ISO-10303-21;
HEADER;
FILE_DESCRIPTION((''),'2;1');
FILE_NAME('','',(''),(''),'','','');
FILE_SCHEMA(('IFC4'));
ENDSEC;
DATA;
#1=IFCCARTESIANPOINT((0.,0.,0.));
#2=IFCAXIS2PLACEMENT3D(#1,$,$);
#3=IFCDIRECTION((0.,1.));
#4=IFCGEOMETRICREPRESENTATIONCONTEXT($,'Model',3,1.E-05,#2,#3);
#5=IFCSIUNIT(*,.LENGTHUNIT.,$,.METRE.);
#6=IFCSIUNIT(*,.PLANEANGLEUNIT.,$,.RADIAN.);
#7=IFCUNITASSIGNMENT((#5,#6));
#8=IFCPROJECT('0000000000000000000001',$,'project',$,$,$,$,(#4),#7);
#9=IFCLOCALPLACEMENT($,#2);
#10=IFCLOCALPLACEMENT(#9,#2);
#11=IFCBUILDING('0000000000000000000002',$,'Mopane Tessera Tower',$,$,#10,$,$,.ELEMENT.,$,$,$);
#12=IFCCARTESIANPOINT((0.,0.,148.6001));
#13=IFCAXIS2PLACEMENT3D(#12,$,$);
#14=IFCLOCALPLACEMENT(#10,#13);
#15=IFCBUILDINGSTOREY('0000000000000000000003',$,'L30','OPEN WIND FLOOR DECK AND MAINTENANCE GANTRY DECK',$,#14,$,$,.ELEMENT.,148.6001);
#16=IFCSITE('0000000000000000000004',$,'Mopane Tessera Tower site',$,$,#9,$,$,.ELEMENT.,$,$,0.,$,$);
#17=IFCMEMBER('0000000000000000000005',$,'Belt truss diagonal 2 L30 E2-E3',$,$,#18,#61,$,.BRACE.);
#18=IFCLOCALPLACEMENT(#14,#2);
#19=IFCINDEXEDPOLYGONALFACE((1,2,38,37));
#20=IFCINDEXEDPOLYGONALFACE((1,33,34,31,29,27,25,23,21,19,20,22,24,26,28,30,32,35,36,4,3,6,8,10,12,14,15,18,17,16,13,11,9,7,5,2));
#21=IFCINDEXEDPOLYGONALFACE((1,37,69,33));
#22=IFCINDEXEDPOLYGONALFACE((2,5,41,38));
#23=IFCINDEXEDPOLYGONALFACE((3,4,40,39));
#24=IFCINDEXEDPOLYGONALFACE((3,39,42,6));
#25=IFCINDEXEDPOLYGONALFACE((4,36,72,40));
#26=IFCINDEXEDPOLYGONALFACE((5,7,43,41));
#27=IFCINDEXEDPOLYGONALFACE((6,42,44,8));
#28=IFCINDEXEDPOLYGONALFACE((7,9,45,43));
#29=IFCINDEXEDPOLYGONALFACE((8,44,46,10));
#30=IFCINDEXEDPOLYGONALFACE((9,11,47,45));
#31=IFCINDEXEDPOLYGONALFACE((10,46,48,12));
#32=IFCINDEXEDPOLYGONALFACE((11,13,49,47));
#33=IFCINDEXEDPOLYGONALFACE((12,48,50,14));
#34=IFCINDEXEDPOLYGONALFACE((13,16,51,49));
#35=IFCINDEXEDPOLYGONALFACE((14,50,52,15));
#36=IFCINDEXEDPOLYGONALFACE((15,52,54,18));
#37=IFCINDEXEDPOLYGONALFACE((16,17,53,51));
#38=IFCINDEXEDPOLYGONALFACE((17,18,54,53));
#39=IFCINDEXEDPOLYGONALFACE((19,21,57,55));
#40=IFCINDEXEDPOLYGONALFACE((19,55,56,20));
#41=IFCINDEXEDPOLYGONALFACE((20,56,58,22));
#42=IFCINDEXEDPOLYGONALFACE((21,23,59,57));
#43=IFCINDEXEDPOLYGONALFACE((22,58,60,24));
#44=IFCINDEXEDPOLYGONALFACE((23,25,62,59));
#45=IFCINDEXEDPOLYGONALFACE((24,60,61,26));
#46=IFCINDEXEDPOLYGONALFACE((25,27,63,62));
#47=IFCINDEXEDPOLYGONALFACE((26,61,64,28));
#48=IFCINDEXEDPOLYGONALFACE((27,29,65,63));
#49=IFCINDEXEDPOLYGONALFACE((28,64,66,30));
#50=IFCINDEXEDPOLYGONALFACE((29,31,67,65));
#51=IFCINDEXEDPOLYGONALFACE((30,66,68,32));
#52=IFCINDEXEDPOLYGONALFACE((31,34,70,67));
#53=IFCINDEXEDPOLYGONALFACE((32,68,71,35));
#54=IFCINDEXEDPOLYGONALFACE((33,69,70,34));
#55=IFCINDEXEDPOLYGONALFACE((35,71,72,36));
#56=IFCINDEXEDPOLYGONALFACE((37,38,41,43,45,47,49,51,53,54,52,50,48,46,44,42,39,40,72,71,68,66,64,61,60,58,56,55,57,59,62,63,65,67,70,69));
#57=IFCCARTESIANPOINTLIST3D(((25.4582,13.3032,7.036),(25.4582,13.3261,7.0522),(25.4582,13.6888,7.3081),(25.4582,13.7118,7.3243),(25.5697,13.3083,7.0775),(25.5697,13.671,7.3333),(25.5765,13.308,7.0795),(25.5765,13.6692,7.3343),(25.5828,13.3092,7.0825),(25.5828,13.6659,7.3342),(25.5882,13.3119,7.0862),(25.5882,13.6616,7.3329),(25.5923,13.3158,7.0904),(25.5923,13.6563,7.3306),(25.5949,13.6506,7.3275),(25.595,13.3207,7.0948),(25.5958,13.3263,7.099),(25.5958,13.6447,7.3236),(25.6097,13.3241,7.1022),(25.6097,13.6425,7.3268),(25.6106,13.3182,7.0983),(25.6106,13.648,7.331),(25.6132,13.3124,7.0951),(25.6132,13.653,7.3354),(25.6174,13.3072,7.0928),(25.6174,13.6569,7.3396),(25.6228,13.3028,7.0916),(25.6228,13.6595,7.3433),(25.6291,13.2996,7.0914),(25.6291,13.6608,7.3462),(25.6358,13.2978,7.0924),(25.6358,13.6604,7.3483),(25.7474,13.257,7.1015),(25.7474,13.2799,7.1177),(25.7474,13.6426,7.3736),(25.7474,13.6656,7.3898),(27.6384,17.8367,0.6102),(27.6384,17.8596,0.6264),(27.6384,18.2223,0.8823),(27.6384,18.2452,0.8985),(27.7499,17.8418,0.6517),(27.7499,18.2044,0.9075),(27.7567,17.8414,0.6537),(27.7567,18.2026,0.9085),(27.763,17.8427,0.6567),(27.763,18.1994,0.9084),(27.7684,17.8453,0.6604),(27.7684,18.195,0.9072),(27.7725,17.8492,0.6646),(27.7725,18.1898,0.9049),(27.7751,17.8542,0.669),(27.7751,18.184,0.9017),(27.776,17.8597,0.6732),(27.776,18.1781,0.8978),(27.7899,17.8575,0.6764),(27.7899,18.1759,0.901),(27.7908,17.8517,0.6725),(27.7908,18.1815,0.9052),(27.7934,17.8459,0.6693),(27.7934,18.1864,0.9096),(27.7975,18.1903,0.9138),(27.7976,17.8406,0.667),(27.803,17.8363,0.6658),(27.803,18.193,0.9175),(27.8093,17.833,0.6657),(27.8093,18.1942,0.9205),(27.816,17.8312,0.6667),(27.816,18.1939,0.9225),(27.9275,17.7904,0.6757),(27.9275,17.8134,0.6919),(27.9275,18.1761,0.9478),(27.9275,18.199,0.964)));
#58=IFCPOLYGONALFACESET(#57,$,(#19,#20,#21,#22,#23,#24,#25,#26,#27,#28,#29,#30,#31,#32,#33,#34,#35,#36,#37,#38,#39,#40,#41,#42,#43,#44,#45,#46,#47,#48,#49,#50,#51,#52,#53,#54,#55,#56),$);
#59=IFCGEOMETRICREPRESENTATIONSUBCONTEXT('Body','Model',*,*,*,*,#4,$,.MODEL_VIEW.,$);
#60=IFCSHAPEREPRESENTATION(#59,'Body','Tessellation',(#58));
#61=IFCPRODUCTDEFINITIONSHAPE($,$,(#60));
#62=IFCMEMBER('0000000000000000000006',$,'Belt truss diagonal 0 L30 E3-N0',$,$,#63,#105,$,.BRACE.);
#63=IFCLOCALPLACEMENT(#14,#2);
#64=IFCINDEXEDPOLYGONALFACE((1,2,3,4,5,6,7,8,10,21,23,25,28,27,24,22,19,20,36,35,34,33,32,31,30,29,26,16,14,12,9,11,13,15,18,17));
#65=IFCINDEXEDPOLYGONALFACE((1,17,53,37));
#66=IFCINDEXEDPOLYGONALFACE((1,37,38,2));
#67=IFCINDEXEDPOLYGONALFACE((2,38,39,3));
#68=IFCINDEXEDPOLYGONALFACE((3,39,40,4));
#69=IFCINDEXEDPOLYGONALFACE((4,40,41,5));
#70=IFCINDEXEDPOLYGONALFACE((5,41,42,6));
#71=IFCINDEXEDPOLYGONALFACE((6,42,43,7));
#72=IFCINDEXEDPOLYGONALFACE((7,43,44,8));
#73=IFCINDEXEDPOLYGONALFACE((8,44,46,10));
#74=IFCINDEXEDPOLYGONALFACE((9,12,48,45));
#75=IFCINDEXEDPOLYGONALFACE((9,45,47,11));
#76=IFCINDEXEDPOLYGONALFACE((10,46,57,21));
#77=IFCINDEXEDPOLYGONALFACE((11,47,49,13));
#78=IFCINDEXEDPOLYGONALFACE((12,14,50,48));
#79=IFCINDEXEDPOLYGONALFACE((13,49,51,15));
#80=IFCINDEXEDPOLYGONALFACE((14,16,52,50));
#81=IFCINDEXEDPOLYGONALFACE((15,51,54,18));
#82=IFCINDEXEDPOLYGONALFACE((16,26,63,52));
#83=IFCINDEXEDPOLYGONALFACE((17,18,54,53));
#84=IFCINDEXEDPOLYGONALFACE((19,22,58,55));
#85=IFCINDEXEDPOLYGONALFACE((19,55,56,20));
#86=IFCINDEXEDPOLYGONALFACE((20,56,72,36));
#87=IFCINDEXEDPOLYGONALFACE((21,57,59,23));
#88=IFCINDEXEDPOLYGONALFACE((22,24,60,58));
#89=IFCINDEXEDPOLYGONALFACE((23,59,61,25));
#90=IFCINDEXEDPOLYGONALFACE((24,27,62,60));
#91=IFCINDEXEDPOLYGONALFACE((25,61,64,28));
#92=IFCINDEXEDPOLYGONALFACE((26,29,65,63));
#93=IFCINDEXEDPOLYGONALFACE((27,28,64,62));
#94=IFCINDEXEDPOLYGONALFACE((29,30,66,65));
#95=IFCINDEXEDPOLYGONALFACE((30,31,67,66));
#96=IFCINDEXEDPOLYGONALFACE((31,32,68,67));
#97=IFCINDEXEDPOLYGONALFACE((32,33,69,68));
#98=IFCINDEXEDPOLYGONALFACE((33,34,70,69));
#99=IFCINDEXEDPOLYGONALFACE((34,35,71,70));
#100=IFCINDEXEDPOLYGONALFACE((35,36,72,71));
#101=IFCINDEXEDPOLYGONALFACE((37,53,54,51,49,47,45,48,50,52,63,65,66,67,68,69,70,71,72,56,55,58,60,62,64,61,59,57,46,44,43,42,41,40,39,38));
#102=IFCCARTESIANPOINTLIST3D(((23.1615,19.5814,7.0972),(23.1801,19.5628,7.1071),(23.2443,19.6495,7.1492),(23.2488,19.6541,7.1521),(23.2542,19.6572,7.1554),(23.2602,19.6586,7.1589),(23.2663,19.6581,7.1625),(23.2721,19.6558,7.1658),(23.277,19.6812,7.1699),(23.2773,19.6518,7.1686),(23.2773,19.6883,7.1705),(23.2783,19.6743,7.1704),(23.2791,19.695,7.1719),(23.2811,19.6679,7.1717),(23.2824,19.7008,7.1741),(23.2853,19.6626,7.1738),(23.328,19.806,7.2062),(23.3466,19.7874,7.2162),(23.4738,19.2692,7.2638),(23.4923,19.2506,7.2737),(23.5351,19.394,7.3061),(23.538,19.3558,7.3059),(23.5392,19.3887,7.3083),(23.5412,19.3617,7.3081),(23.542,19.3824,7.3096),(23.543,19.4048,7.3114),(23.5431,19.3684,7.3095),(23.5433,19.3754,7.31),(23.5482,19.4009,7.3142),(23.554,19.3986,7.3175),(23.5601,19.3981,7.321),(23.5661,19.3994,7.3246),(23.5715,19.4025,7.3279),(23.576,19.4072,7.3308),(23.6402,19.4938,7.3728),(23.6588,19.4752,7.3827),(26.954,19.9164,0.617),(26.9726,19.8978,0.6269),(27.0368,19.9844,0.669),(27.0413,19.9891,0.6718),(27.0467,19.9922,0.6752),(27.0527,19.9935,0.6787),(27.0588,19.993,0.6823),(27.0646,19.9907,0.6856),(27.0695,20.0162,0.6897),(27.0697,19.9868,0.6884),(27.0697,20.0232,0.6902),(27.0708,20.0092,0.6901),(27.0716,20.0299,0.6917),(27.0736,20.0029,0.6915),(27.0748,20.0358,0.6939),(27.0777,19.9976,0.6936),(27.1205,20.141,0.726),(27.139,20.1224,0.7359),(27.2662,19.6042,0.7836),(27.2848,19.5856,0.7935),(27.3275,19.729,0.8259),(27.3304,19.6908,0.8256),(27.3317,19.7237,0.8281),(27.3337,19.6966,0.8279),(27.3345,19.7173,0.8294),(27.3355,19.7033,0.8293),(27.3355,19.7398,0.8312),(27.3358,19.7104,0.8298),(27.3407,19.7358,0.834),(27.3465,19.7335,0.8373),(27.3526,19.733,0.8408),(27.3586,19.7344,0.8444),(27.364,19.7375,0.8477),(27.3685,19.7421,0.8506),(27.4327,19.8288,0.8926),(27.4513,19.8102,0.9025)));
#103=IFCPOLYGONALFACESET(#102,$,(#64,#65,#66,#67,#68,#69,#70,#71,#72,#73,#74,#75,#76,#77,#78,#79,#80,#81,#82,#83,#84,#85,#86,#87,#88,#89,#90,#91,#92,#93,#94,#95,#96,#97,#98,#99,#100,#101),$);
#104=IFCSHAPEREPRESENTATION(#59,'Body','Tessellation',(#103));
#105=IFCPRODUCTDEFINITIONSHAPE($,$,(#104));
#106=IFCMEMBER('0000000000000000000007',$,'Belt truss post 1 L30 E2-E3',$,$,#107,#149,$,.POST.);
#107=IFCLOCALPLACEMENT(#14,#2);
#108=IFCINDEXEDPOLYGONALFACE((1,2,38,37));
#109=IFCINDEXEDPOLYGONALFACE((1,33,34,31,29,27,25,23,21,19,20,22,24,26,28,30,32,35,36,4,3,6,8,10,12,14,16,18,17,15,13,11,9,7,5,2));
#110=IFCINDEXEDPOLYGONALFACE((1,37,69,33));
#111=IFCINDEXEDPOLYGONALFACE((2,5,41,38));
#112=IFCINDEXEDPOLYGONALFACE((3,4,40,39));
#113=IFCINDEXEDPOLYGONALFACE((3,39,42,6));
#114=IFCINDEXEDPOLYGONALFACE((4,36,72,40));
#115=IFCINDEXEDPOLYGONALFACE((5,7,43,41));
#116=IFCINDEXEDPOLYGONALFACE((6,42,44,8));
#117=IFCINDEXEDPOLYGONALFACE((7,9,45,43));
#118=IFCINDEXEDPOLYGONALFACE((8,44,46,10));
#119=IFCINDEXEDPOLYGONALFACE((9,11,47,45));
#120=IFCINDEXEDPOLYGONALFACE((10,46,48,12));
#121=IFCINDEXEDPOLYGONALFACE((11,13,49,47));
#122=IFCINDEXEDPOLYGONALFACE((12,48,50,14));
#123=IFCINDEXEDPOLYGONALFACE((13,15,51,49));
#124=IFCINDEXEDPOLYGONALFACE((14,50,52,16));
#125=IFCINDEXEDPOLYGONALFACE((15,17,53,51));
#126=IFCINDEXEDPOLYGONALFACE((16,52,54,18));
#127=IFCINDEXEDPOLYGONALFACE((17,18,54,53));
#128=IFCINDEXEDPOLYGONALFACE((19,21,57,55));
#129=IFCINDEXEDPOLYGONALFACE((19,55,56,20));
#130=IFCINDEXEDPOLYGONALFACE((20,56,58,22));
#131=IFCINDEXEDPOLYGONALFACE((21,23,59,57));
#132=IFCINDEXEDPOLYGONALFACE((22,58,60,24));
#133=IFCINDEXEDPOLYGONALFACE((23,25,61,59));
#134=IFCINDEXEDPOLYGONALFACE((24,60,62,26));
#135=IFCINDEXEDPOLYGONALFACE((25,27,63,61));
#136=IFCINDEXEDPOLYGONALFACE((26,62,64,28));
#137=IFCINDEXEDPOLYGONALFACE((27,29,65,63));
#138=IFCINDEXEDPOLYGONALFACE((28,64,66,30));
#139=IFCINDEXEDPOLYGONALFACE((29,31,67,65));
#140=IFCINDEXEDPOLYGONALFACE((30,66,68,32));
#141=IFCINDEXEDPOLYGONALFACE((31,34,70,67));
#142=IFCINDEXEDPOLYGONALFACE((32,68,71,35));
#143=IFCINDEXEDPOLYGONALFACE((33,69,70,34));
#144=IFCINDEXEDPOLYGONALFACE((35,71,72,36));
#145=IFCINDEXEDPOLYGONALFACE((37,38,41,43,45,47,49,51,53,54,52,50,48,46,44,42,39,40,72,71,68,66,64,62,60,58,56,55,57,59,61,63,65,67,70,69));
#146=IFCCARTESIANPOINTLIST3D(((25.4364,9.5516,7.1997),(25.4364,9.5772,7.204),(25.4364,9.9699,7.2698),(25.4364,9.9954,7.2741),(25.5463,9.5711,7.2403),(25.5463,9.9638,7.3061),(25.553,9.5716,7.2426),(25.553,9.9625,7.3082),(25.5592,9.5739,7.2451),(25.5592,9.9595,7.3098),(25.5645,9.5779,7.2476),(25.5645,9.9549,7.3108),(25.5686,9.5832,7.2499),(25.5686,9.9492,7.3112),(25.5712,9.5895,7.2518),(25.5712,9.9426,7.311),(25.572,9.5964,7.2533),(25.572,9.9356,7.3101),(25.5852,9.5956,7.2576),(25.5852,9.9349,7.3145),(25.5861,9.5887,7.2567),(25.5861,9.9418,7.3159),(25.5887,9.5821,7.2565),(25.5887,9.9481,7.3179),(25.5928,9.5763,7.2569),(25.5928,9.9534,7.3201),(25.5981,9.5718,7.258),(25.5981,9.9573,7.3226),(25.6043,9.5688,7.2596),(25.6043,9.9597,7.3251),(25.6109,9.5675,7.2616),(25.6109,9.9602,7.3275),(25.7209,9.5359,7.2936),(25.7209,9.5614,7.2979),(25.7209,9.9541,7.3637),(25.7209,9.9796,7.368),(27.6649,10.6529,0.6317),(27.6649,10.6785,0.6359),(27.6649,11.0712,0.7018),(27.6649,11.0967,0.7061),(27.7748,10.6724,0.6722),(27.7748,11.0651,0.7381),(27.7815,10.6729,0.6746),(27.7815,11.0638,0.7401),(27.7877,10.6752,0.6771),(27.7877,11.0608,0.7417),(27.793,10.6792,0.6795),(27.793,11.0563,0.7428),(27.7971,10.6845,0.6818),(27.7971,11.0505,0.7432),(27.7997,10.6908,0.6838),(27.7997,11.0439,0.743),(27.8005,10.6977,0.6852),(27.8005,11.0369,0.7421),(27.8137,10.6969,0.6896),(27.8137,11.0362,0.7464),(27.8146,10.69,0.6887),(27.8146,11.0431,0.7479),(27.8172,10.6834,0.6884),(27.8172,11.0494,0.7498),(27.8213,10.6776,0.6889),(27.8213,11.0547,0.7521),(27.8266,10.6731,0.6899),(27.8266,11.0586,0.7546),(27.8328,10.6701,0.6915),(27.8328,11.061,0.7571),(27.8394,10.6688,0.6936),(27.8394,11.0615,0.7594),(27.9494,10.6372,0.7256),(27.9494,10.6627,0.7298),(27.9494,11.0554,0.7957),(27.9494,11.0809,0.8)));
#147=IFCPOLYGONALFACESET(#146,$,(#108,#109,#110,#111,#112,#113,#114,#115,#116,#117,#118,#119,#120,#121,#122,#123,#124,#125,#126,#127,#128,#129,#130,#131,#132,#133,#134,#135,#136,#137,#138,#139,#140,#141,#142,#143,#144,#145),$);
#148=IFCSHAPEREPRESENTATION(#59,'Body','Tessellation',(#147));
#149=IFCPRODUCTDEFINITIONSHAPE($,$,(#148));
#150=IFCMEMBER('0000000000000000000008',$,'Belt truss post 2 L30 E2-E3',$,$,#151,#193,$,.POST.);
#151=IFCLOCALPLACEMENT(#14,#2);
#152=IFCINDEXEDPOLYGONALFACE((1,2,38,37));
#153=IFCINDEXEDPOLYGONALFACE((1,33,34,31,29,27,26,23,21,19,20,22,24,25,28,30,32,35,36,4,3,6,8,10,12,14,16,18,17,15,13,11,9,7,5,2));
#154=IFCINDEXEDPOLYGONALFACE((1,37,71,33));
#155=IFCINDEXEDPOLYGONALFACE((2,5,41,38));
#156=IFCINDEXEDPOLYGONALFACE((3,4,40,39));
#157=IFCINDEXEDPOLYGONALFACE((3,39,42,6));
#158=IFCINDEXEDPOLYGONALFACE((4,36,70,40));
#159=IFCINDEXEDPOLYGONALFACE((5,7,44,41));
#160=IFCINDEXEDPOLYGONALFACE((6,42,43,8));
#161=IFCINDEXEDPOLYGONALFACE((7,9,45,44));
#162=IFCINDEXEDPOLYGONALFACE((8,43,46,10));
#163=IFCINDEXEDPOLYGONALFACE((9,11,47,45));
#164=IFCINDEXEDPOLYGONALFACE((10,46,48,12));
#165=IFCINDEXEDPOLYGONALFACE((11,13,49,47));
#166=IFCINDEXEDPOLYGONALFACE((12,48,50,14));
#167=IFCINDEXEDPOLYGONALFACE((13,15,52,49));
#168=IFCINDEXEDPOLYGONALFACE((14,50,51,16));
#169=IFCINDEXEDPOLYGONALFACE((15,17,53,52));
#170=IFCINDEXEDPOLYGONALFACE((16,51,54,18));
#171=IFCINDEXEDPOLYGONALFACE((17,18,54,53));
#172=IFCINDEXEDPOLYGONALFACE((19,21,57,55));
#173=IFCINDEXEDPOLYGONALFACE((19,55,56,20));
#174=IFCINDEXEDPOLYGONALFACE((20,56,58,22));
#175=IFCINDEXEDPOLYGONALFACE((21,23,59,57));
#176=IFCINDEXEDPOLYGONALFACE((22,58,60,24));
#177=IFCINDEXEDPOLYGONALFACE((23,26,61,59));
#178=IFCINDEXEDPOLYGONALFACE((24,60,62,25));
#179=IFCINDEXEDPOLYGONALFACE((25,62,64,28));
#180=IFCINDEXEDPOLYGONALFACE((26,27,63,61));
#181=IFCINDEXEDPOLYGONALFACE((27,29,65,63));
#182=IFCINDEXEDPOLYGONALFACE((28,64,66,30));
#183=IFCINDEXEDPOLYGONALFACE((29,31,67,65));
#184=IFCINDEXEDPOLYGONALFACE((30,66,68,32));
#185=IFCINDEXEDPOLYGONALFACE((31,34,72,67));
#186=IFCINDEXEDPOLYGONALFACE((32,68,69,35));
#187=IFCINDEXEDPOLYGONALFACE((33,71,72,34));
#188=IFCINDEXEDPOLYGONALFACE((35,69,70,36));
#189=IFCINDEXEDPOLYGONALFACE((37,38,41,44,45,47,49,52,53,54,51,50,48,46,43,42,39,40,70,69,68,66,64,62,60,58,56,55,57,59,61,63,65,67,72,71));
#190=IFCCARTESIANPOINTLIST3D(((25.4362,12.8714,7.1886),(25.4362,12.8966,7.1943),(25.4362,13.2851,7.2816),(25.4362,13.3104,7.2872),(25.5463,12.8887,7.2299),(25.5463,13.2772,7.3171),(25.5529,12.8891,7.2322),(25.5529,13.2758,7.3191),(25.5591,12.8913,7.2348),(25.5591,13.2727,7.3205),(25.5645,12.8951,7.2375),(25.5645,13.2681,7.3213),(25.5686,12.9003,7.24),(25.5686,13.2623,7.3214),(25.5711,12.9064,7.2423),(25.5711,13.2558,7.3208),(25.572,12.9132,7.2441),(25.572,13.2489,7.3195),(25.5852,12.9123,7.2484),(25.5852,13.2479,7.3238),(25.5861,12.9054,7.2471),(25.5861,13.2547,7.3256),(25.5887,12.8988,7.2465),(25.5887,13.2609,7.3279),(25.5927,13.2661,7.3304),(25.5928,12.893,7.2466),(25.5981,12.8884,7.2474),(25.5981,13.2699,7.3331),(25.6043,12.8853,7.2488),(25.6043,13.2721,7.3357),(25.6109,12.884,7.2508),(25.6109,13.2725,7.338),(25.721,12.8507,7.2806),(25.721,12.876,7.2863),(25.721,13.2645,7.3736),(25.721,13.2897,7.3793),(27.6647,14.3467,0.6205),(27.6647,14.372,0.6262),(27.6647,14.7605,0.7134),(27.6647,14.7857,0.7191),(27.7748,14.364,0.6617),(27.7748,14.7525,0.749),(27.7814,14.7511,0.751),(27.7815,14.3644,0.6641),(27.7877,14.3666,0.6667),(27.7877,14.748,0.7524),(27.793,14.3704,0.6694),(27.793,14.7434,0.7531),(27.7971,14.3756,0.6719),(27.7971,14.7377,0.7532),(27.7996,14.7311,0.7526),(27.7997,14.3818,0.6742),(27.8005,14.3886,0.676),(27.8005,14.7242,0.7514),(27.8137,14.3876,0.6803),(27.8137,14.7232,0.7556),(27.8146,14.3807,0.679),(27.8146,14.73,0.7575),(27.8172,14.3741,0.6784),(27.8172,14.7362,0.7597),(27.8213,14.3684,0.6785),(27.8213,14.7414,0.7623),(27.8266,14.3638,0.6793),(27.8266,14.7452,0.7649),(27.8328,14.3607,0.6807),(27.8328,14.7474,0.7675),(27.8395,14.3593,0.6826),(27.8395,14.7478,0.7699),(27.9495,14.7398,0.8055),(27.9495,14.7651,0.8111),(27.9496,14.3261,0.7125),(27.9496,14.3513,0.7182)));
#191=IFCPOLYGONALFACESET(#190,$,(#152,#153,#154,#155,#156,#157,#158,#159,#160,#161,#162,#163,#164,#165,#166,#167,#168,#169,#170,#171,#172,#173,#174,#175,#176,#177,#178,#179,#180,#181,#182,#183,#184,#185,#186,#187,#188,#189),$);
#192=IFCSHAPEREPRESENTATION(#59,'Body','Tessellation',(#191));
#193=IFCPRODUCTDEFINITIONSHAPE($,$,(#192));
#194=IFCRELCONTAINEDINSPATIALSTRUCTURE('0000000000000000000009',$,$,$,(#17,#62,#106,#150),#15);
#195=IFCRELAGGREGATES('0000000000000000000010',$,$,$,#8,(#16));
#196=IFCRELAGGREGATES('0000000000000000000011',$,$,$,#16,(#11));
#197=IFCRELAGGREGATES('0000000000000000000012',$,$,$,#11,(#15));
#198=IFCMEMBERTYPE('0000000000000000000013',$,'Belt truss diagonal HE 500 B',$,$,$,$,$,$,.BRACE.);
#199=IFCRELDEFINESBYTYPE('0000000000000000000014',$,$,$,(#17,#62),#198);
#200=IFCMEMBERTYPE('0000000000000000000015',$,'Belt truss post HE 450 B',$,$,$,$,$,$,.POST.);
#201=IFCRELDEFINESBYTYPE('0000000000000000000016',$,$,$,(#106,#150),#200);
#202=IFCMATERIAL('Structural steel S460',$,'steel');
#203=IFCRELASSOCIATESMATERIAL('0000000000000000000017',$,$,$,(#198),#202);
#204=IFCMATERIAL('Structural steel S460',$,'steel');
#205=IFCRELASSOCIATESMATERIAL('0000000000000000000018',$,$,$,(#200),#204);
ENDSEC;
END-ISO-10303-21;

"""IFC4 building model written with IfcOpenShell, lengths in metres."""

from ifc_helpers import new_model, si_unit, direction, frame, origin, origin_2d, place, context, subcontext, project, spatial, i_section, extrude, material, material_profile, profile_set, type_object, element, save


model = new_model("IFC4")

# Units and contexts
model_context = context("Model", 3, precision=1e-05, world=origin(), true_north=direction((0.0, 1.0)))
body_context = subcontext(model_context, "Body", "Model", "MODEL_VIEW")
ifc_project = project(units=[si_unit("LENGTHUNIT", "METRE"), si_unit("PLANEANGLEUNIT", "RADIAN")], contexts=[model_context])

# Site, building, storey
site_placement = place(None, origin())
site = spatial("IfcSite", under=ifc_project, at=site_placement, Name="Mopane Tessera Tower site", CompositionType="ELEMENT", RefElevation=0.0)
building_placement = place(site_placement, origin())
building = spatial("IfcBuilding", under=site, at=building_placement, Name="Mopane Tessera Tower", CompositionType="ELEMENT")
storey_placement = place(building_placement, frame((0.0, 0.0, 148.6001)))
storey = spatial("IfcBuildingStorey", under=building, at=storey_placement, Name="L30", Description="OPEN WIND FLOOR DECK AND MAINTENANCE GANTRY DECK", CompositionType="ELEMENT", Elevation=148.6001)

# Members
ifc_material_1 = material(Name="Structural steel S460", Category="steel")
ifc_material_profile_1 = material_profile(ifc_material_1, i_section(OverallWidth=0.3, OverallDepth=0.5, WebThickness=0.0144, FlangeThickness=0.0281, FilletRadius=0.0271, at=origin_2d()))
ifc_profile_set_1 = profile_set([ifc_material_profile_1], Name="Structural steel S460")
member_type_1 = type_object("IfcMemberType", Name="Belt truss diagonal HE 500 B", PredefinedType="BRACE", material=ifc_profile_set_1)
member_1_placement = place(storey_placement, frame((25.6028, 13.4844, 7.2129), z_axis=(0.267158, 0.555526, -0.787412), x_axis=(-0.963653, 0.153996, -0.218308)))
element("IfcMember", 1, at=member_1_placement, inside=storey, type_object=member_type_1, Name="Belt truss diagonal 2 L30 E2-E3", PredefinedType="BRACE", context=body_context, shape_type="SweptSolid", body=[
    extrude(i_section(OverallWidth=0.3, OverallDepth=0.5, WebThickness=0.0144, FlangeThickness=0.0281, FilletRadius=0.0271, at=origin_2d()), origin(), (0.0, 0.0, 1.0), 8.1606),
])
member_2_placement = place(storey_placement, frame((27.2026, 19.8633, 0.7598), z_axis=(-0.504596, -0.044567, 0.862205), x_axis=(-0.554693, -0.748541, -0.36332)))
element("IfcMember", 2, at=member_2_placement, inside=storey, type_object=member_type_1, Name="Belt truss diagonal 0 L30 E3-N0", PredefinedType="BRACE", context=body_context, shape_type="SweptSolid", body=[
    extrude(i_section(OverallWidth=0.3, OverallDepth=0.5, WebThickness=0.0144, FlangeThickness=0.0281, FilletRadius=0.0271, at=origin_2d()), origin(), (0.0, 0.0, 1.0), 7.5159),
])
ifc_material_2 = material(Name="Structural steel S460", Category="steel")
ifc_material_profile_2 = material_profile(ifc_material_2, i_section(OverallWidth=0.3, OverallDepth=0.45, WebThickness=0.0139, FlangeThickness=0.0259, FilletRadius=0.0271, at=origin_2d()))
ifc_profile_set_2 = profile_set([ifc_material_profile_2], Name="Structural steel S460")
member_type_2 = type_object("IfcMemberType", Name="Belt truss post HE 450 B", PredefinedType="POST", material=ifc_profile_set_2)
member_3_placement = place(storey_placement, frame((27.8071, 10.8669, 0.7158), z_axis=(-0.317327, -0.156821, 0.93526), x_axis=(-0.948316, 0.052488, -0.312956)))
element("IfcMember", 3, at=member_3_placement, inside=storey, type_object=member_type_2, Name="Belt truss post 1 L30 E2-E3", PredefinedType="POST", context=body_context, shape_type="SweptSolid", body=[
    extrude(i_section(OverallWidth=0.3, OverallDepth=0.45, WebThickness=0.0139, FlangeThickness=0.0259, FilletRadius=0.0271, at=origin_2d()), origin(), (0.0, 0.0, 1.0), 7.0227),
])
member_4_placement = place(storey_placement, frame((27.8071, 14.5559, 0.7158), z_axis=(-0.314271, -0.208057, 0.926254), x_axis=(-0.949333, 0.068845, -0.306638)))
element("IfcMember", 4, at=member_4_placement, inside=storey, type_object=member_type_2, Name="Belt truss post 2 L30 E2-E3", PredefinedType="POST", context=body_context, shape_type="SweptSolid", body=[
    extrude(i_section(OverallWidth=0.3, OverallDepth=0.45, WebThickness=0.0139, FlangeThickness=0.0259, FilletRadius=0.0271, at=origin_2d()), origin(), (0.0, 0.0, 1.0), 7.0911),
])

save(model, "model.ifc")
